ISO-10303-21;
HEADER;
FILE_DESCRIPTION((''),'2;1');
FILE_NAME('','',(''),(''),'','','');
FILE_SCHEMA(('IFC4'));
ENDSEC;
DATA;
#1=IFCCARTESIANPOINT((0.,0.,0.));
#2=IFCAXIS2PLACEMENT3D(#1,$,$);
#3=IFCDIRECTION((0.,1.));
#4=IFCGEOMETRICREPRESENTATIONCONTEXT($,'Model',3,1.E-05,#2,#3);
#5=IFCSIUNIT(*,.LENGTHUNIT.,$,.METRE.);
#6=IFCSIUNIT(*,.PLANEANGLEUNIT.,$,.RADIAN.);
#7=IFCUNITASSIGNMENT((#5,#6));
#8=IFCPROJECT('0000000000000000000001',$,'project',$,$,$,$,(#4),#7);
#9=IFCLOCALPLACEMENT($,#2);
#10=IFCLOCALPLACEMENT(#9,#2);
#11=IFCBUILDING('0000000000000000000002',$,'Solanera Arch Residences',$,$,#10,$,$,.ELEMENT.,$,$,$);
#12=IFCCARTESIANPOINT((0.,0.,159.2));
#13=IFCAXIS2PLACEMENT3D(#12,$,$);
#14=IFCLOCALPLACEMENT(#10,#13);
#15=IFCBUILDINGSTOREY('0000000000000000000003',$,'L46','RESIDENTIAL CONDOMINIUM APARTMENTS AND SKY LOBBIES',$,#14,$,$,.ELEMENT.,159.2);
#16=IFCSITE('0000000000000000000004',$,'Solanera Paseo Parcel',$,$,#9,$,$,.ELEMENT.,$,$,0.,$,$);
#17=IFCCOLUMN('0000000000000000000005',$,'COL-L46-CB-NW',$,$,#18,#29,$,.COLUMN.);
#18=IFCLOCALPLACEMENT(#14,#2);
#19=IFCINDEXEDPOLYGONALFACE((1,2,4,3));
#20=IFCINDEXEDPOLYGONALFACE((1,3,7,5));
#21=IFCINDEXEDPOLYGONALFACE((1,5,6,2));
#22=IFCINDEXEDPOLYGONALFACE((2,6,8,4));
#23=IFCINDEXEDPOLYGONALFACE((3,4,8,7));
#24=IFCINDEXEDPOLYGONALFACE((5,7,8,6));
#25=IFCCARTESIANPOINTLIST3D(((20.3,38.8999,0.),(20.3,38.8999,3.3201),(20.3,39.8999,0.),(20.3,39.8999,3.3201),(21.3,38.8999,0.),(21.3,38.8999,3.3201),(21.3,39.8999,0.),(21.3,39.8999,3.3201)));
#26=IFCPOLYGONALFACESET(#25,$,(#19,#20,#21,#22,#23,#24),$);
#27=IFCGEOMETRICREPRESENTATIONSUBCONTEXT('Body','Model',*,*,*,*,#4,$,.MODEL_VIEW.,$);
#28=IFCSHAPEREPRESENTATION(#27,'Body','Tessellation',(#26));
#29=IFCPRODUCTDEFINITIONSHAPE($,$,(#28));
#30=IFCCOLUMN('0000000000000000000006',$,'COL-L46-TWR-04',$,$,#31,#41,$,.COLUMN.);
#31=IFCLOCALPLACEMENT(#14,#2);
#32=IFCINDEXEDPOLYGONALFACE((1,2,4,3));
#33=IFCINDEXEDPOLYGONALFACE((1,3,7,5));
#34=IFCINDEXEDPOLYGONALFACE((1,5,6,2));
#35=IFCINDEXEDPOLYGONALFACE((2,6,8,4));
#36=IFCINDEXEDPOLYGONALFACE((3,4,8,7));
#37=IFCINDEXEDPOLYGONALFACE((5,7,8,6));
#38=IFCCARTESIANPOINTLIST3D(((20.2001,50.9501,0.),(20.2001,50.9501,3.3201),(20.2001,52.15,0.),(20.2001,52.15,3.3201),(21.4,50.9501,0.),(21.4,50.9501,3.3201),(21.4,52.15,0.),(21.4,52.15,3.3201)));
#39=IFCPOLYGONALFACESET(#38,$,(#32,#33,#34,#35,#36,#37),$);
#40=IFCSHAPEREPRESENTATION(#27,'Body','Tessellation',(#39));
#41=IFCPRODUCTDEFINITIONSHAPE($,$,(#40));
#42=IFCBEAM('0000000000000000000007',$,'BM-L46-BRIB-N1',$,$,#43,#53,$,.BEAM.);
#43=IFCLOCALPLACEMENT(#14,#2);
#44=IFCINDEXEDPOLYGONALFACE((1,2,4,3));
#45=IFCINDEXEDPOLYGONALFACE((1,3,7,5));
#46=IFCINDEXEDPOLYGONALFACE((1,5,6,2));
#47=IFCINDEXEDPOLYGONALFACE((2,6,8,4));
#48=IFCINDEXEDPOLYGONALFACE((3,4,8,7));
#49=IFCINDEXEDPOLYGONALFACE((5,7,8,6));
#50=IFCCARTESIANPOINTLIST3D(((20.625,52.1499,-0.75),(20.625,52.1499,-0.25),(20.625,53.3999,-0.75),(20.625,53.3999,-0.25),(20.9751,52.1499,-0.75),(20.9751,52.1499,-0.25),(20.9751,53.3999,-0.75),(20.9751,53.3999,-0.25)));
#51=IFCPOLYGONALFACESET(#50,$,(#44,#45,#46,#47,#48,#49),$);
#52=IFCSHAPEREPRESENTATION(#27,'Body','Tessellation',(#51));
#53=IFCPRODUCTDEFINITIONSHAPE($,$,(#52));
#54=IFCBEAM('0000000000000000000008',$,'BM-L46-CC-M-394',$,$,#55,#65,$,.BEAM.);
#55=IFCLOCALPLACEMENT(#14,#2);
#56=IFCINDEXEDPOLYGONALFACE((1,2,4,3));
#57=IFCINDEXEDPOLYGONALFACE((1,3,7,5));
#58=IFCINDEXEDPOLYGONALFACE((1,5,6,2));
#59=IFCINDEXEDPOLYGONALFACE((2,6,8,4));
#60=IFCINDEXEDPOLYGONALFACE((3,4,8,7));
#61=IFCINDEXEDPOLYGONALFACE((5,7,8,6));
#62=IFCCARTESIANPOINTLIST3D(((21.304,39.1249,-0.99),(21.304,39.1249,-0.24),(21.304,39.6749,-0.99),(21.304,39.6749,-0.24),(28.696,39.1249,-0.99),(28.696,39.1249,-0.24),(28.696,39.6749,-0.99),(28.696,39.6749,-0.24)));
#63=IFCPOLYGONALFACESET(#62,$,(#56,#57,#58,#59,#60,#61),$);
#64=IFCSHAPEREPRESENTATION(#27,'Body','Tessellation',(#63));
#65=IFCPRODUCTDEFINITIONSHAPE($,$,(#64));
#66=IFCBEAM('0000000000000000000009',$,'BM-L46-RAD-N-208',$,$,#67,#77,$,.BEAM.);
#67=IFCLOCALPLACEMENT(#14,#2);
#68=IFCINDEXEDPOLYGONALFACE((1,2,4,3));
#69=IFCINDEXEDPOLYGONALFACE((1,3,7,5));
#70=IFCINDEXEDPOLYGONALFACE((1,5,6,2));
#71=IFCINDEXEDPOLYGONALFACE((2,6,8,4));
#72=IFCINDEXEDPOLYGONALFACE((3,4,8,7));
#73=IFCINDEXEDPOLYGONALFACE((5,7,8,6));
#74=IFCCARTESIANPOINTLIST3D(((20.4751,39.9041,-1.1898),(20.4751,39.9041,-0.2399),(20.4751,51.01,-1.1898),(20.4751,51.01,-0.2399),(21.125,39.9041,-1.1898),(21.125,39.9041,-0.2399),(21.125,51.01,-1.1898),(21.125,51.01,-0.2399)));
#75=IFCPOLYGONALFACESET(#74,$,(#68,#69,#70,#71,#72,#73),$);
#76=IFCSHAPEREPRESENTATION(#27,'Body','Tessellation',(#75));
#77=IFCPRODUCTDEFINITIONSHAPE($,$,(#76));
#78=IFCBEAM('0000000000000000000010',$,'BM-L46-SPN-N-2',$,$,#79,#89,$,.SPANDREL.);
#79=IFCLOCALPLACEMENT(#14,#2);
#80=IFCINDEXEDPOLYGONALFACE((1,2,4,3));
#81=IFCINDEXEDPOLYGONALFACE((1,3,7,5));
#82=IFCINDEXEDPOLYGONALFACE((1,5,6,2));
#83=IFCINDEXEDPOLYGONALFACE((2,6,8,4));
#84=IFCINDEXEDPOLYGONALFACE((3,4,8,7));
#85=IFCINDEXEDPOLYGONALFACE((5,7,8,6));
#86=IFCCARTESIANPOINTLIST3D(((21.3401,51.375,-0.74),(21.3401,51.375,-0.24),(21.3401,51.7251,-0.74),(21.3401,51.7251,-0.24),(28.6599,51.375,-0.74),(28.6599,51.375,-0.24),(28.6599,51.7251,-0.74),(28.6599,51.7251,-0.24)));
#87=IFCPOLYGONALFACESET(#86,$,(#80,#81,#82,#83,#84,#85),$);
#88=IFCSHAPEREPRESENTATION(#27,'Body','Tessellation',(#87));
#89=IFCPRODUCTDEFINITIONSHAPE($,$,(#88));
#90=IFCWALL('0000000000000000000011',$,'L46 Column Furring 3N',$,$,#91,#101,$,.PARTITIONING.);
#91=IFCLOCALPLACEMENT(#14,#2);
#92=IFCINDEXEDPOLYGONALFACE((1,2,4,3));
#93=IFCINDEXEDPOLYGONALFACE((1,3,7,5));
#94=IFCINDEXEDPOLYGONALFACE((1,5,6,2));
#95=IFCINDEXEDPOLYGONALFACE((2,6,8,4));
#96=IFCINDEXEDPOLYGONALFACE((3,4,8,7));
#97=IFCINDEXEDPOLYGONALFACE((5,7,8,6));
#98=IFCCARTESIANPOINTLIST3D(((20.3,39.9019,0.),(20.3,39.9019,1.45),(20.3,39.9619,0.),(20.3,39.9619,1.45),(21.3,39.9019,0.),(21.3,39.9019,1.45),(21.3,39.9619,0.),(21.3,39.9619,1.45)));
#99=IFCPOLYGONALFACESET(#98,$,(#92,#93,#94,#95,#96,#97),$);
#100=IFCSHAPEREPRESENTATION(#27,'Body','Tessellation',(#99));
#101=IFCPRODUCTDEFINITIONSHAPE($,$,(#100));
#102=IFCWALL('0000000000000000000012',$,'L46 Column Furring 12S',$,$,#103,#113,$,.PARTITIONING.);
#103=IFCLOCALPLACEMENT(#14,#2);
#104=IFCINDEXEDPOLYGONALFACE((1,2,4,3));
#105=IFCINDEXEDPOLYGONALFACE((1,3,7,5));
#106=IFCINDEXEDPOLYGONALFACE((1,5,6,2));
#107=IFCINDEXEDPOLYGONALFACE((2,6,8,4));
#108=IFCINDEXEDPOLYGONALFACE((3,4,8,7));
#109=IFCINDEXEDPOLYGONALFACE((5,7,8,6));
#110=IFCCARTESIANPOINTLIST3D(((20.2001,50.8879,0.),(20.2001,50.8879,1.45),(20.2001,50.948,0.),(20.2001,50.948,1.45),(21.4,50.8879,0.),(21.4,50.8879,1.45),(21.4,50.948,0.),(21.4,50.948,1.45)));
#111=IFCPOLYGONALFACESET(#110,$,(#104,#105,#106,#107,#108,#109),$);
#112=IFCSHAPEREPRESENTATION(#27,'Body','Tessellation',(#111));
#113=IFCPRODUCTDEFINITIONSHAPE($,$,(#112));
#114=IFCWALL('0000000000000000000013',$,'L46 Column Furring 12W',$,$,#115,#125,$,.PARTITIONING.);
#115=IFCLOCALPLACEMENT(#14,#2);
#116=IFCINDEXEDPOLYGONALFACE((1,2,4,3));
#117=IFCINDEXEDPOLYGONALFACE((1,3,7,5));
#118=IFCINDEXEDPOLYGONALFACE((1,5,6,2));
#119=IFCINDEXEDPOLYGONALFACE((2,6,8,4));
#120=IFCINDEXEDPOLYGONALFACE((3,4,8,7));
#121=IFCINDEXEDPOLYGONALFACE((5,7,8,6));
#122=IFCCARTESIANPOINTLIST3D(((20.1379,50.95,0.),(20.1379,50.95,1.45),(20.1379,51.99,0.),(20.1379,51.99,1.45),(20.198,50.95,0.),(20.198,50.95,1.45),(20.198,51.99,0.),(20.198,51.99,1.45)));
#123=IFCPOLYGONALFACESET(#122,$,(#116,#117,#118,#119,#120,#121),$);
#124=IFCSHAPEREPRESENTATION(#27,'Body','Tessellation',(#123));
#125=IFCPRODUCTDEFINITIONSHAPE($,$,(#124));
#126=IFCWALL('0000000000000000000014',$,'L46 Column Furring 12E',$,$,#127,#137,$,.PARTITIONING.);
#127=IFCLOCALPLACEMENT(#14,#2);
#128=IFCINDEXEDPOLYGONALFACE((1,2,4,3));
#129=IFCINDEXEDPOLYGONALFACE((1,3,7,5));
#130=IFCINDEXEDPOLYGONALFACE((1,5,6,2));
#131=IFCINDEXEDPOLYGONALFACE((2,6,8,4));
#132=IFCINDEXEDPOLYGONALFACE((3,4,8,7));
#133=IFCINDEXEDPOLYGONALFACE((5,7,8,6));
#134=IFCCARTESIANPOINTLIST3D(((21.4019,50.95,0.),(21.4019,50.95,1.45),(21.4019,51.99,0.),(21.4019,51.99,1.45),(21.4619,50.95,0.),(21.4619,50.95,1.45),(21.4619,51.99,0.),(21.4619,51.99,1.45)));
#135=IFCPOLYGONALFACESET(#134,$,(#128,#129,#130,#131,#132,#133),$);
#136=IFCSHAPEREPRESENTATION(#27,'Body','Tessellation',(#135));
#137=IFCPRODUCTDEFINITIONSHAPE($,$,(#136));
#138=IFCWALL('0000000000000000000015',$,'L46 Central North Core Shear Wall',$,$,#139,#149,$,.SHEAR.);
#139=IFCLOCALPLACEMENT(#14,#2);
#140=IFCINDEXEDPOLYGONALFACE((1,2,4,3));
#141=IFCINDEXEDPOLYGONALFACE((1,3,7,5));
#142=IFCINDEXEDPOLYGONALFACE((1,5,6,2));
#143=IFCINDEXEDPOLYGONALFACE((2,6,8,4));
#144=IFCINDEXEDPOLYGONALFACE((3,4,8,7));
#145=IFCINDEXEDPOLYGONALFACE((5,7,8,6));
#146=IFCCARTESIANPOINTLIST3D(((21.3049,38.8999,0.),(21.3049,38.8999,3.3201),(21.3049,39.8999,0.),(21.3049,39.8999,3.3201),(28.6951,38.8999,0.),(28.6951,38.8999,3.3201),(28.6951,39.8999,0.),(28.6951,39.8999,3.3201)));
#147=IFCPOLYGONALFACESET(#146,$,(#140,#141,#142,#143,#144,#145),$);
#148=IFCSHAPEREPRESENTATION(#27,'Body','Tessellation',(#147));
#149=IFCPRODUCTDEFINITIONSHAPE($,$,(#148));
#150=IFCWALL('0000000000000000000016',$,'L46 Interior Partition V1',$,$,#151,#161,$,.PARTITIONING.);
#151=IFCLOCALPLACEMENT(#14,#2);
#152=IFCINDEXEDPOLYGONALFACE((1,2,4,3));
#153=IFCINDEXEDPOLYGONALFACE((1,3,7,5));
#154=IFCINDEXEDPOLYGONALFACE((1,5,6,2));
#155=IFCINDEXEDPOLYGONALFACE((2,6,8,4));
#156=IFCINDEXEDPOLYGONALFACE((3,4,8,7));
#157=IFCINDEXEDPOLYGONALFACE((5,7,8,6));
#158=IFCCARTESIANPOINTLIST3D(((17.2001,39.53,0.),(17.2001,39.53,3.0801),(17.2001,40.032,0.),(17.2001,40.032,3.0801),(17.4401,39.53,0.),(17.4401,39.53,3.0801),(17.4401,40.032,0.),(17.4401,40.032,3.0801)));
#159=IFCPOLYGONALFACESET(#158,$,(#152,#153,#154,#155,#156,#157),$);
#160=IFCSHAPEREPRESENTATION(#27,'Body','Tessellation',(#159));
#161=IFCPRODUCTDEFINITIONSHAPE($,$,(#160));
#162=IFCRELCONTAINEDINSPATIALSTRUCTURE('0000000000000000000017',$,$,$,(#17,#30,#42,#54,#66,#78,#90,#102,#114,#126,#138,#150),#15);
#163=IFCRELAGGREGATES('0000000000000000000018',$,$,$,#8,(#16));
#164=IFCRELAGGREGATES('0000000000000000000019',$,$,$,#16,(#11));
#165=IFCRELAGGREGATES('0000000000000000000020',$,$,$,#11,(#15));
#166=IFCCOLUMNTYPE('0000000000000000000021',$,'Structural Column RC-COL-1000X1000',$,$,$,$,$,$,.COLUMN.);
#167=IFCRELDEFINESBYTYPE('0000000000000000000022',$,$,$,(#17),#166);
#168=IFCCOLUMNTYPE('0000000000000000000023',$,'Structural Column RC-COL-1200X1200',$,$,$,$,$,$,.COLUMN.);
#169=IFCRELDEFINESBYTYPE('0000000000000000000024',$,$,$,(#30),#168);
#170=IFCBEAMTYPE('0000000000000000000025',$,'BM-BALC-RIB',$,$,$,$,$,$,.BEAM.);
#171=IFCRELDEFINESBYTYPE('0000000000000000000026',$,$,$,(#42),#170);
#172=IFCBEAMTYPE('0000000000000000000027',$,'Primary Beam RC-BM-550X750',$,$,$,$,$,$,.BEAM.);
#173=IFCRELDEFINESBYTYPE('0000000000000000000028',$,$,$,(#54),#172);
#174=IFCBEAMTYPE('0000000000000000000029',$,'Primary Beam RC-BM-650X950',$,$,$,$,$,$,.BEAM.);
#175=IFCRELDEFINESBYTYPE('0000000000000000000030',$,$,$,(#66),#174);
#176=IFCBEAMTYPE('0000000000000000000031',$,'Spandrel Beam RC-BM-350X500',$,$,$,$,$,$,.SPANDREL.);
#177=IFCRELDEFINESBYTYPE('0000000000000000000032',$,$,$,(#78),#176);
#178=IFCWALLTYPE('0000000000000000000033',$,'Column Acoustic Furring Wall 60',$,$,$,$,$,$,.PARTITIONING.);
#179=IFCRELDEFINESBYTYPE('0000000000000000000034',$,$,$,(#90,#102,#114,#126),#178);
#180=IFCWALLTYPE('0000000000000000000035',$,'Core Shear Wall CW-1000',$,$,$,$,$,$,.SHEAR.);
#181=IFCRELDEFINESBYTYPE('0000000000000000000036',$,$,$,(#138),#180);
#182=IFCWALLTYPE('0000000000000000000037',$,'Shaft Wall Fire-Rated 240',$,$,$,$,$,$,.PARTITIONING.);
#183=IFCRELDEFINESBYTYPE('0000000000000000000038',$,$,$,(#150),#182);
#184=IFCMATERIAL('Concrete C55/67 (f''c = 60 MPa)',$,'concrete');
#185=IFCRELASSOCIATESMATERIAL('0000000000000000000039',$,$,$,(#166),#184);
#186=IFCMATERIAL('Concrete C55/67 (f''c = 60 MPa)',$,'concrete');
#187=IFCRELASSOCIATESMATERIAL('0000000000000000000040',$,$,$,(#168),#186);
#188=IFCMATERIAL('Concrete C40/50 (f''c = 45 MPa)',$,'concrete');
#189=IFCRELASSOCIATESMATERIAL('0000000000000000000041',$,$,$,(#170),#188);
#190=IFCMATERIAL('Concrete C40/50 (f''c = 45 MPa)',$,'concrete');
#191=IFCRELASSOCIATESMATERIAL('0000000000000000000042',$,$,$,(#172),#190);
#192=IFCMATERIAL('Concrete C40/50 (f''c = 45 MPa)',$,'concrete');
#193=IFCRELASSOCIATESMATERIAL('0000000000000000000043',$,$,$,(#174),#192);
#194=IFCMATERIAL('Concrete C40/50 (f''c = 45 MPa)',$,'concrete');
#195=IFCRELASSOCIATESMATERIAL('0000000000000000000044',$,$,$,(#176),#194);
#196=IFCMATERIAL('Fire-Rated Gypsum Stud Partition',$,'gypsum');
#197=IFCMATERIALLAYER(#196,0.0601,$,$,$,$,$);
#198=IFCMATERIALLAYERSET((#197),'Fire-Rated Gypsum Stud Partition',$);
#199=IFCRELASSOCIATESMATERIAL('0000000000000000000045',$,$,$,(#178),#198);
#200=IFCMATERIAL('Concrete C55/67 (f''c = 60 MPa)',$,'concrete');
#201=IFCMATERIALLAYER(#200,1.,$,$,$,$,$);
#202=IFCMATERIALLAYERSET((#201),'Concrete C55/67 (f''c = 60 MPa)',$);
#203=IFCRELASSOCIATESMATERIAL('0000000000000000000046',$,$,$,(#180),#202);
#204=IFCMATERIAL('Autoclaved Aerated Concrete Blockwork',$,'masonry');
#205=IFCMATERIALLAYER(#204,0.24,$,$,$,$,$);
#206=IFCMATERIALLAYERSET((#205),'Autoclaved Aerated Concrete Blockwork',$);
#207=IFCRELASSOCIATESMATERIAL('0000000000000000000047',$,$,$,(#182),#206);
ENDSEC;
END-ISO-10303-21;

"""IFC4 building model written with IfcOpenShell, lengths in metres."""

from ifc_helpers import new_model, si_unit, direction, frame, frame_2d, origin, origin_2d, place, context, subcontext, project, spatial, rectangle, extrude, material, layer, layer_set, material_profile, profile_set, type_object, element, save


model = new_model("IFC4")

# Units and contexts
model_context = context("Model", 3, precision=1e-05, world=origin(), true_north=direction((0.0, 1.0)))
body_context = subcontext(model_context, "Body", "Model", "MODEL_VIEW")
ifc_project = project(units=[si_unit("LENGTHUNIT", "METRE"), si_unit("PLANEANGLEUNIT", "RADIAN")], contexts=[model_context])

# Site, building, storey
site_placement = place(None, origin())
site = spatial("IfcSite", under=ifc_project, at=site_placement, Name="Solanera Paseo Parcel", CompositionType="ELEMENT", RefElevation=0.0)
building_placement = place(site_placement, origin())
building = spatial("IfcBuilding", under=site, at=building_placement, Name="Solanera Arch Residences", CompositionType="ELEMENT")
storey_placement = place(building_placement, frame((0.0, 0.0, 159.2)))
storey = spatial("IfcBuildingStorey", under=building, at=storey_placement, Name="L46", Description="RESIDENTIAL CONDOMINIUM APARTMENTS AND SKY LOBBIES", CompositionType="ELEMENT", Elevation=159.2)

# Columns
ifc_material_1 = material(Name="Concrete C55/67 (f'c = 60 MPa)", Category="concrete")
ifc_material_profile_1 = material_profile(ifc_material_1, rectangle(XDim=1.0, YDim=1.0, at=origin_2d()))
ifc_profile_set_1 = profile_set([ifc_material_profile_1], Name="Concrete C55/67 (f'c = 60 MPa)")
column_type_1 = type_object("IfcColumnType", Name="Structural Column RC-COL-1000X1000", PredefinedType="COLUMN", material=ifc_profile_set_1)
column_1_placement = place(storey_placement, frame((20.8, 39.3999, 0.0), z_axis=(0.0, 0.0, 1.0), x_axis=(1.0, 0.0, 0.0)))
element("IfcColumn", 1, at=column_1_placement, inside=storey, type_object=column_type_1, Name="COL-L46-CB-NW", PredefinedType="COLUMN", context=body_context, shape_type="SweptSolid", body=[
    extrude(rectangle(XDim=1.0, YDim=1.0, at=origin_2d()), origin(), (0.0, 0.0, 1.0), 3.3201),
])
ifc_material_2 = material(Name="Concrete C55/67 (f'c = 60 MPa)", Category="concrete")
ifc_material_profile_2 = material_profile(ifc_material_2, rectangle(XDim=1.2, YDim=1.2, at=origin_2d()))
ifc_profile_set_2 = profile_set([ifc_material_profile_2], Name="Concrete C55/67 (f'c = 60 MPa)")
column_type_2 = type_object("IfcColumnType", Name="Structural Column RC-COL-1200X1200", PredefinedType="COLUMN", material=ifc_profile_set_2)
column_2_placement = place(storey_placement, frame((20.8, 51.55, 0.0), z_axis=(0.0, 0.0, 1.0), x_axis=(1.0, 0.0, 0.0)))
element("IfcColumn", 2, at=column_2_placement, inside=storey, type_object=column_type_2, Name="COL-L46-TWR-04", PredefinedType="COLUMN", context=body_context, shape_type="SweptSolid", body=[
    extrude(rectangle(XDim=1.2, YDim=1.2, at=origin_2d()), origin(), (0.0, 0.0, 1.0), 3.3201),
])

# Beams
ifc_material_3 = material(Name="Concrete C40/50 (f'c = 45 MPa)", Category="concrete")
ifc_material_profile_3 = material_profile(ifc_material_3, rectangle(XDim=0.3501, YDim=0.5, at=origin_2d()))
ifc_profile_set_3 = profile_set([ifc_material_profile_3], Name="Concrete C40/50 (f'c = 45 MPa)")
beam_type_1 = type_object("IfcBeamType", Name="BM-BALC-RIB", PredefinedType="BEAM", material=ifc_profile_set_3)
beam_1_placement = place(storey_placement, frame((20.8, 52.1499, -0.5), z_axis=(0.0, 1.0, 0.0), x_axis=(-1.0, 0.0, 0.0)))
element("IfcBeam", 3, at=beam_1_placement, inside=storey, type_object=beam_type_1, Name="BM-L46-BRIB-N1", PredefinedType="BEAM", context=body_context, shape_type="SweptSolid", body=[
    extrude(rectangle(XDim=0.3501, YDim=0.5, at=origin_2d()), origin(), (0.0, 0.0, 1.0), 1.25),
])
ifc_material_4 = material(Name="Concrete C40/50 (f'c = 45 MPa)", Category="concrete")
ifc_material_profile_4 = material_profile(ifc_material_4, rectangle(XDim=0.55, YDim=0.75, at=origin_2d()))
ifc_profile_set_4 = profile_set([ifc_material_profile_4], Name="Concrete C40/50 (f'c = 45 MPa)")
beam_type_2 = type_object("IfcBeamType", Name="Primary Beam RC-BM-550X750", PredefinedType="BEAM", material=ifc_profile_set_4)
beam_2_placement = place(storey_placement, frame((21.304, 39.3999, -0.615), z_axis=(1.0, 0.0, 0.0), x_axis=(0.0, 1.0, 0.0)))
element("IfcBeam", 4, at=beam_2_placement, inside=storey, type_object=beam_type_2, Name="BM-L46-CC-M-394", PredefinedType="BEAM", context=body_context, shape_type="SweptSolid", body=[
    extrude(rectangle(XDim=0.55, YDim=0.75, at=origin_2d()), origin(), (0.0, 0.0, 1.0), 7.3921),
])
ifc_material_5 = material(Name="Concrete C40/50 (f'c = 45 MPa)", Category="concrete")
ifc_material_profile_5 = material_profile(ifc_material_5, rectangle(XDim=0.6499, YDim=0.95, at=origin_2d()))
ifc_profile_set_5 = profile_set([ifc_material_profile_5], Name="Concrete C40/50 (f'c = 45 MPa)")
beam_type_3 = type_object("IfcBeamType", Name="Primary Beam RC-BM-650X950", PredefinedType="BEAM", material=ifc_profile_set_5)
beam_3_placement = place(storey_placement, frame((20.8, 39.9041, -0.7148), z_axis=(0.0, 1.0, 0.0), x_axis=(-1.0, 0.0, 0.0)))
element("IfcBeam", 5, at=beam_3_placement, inside=storey, type_object=beam_type_3, Name="BM-L46-RAD-N-208", PredefinedType="BEAM", context=body_context, shape_type="SweptSolid", body=[
    extrude(rectangle(XDim=0.6499, YDim=0.95, at=origin_2d()), origin(), (0.0, 0.0, 1.0), 11.106),
])
ifc_material_6 = material(Name="Concrete C40/50 (f'c = 45 MPa)", Category="concrete")
ifc_material_profile_6 = material_profile(ifc_material_6, rectangle(XDim=0.3501, YDim=0.5, at=origin_2d()))
ifc_profile_set_6 = profile_set([ifc_material_profile_6], Name="Concrete C40/50 (f'c = 45 MPa)")
beam_type_4 = type_object("IfcBeamType", Name="Spandrel Beam RC-BM-350X500", PredefinedType="SPANDREL", material=ifc_profile_set_6)
beam_4_placement = place(storey_placement, frame((21.3401, 51.55, -0.49), z_axis=(1.0, 0.0, 0.0), x_axis=(0.0, 1.0, 0.0)))
element("IfcBeam", 6, at=beam_4_placement, inside=storey, type_object=beam_type_4, Name="BM-L46-SPN-N-2", PredefinedType="SPANDREL", context=body_context, shape_type="SweptSolid", body=[
    extrude(rectangle(XDim=0.3501, YDim=0.5, at=origin_2d()), origin(), (0.0, 0.0, 1.0), 7.3198),
])

# Walls
ifc_material_7 = material(Name="Fire-Rated Gypsum Stud Partition", Category="gypsum")
ifc_layer_1 = layer(ifc_material_7, 0.0601)
ifc_layer_set_1 = layer_set([ifc_layer_1], Name="Fire-Rated Gypsum Stud Partition")
wall_type_1 = type_object("IfcWallType", Name="Column Acoustic Furring Wall 60", PredefinedType="PARTITIONING", material=ifc_layer_set_1)
wall_1_placement = place(storey_placement, frame((20.3, 39.9319, 0.0), z_axis=(0.0, 0.0, 1.0), x_axis=(1.0, 0.0, 0.0)))
element("IfcWall", 7, at=wall_1_placement, inside=storey, type_object=wall_type_1, Name="L46 Column Furring 3N", PredefinedType="PARTITIONING", context=body_context, shape_type="SweptSolid", body=[
    extrude(rectangle(XDim=1.0, YDim=0.0601, at=frame_2d((0.5, 0.0))), origin(), (0.0, 0.0, 1.0), 1.45),
])
wall_2_placement = place(storey_placement, frame((20.2, 50.918, 0.0), z_axis=(0.0, 0.0, 1.0), x_axis=(1.0, 0.0, 0.0)))
element("IfcWall", 8, at=wall_2_placement, inside=storey, type_object=wall_type_1, Name="L46 Column Furring 12S", PredefinedType="PARTITIONING", context=body_context, shape_type="SweptSolid", body=[
    extrude(rectangle(XDim=1.2, YDim=0.0601, at=frame_2d((0.6001, 0.0))), origin(), (0.0, 0.0, 1.0), 1.45),
])
for number, where, z_axis, x_axis, name in (
    (9, (20.168, 50.95, 0.0), (0.0, 0.0, 1.0), (0.0, 1.0, 0.0), "L46 Column Furring 12W"),
    (10, (21.4319, 50.95, 0.0), (0.0, 0.0, 1.0), (0.0, 1.0, 0.0), "L46 Column Furring 12E"),
):
    element("IfcWall", number, at=place(storey_placement, frame(where, z_axis=z_axis, x_axis=x_axis)), inside=storey, type_object=wall_type_1, Name=name, PredefinedType="PARTITIONING", context=body_context, shape_type="SweptSolid", body=[
        extrude(rectangle(XDim=1.04, YDim=0.0601, at=frame_2d((0.52, 0.0))), origin(), (0.0, 0.0, 1.0), 1.45),
    ])
ifc_material_8 = material(Name="Concrete C55/67 (f'c = 60 MPa)", Category="concrete")
ifc_layer_2 = layer(ifc_material_8, 1.0)
ifc_layer_set_2 = layer_set([ifc_layer_2], Name="Concrete C55/67 (f'c = 60 MPa)")
wall_type_2 = type_object("IfcWallType", Name="Core Shear Wall CW-1000", PredefinedType="SHEAR", material=ifc_layer_set_2)
wall_3_placement = place(storey_placement, frame((21.3049, 39.3999, 0.0), z_axis=(0.0, 0.0, 1.0), x_axis=(1.0, 0.0, 0.0)))
element("IfcWall", 11, at=wall_3_placement, inside=storey, type_object=wall_type_2, Name="L46 Central North Core Shear Wall", PredefinedType="SHEAR", context=body_context, shape_type="SweptSolid", body=[
    extrude(rectangle(XDim=7.3901, YDim=1.0, at=frame_2d((3.6951, 0.0))), origin(), (0.0, 0.0, 1.0), 3.3201),
])
ifc_material_9 = material(Name="Autoclaved Aerated Concrete Blockwork", Category="masonry")
ifc_layer_3 = layer(ifc_material_9, 0.24)
ifc_layer_set_3 = layer_set([ifc_layer_3], Name="Autoclaved Aerated Concrete Blockwork")
wall_type_3 = type_object("IfcWallType", Name="Shaft Wall Fire-Rated 240", PredefinedType="PARTITIONING", material=ifc_layer_set_3)
wall_4_placement = place(storey_placement, frame((17.3201, 39.53, 0.0), z_axis=(0.0, 0.0, 1.0), x_axis=(0.0, 1.0, 0.0)))
element("IfcWall", 12, at=wall_4_placement, inside=storey, type_object=wall_type_3, Name="L46 Interior Partition V1", PredefinedType="PARTITIONING", context=body_context, shape_type="SweptSolid", body=[
    extrude(rectangle(XDim=0.502, YDim=0.24, at=frame_2d((0.251, 0.0))), origin(), (0.0, 0.0, 1.0), 3.0801),
])

save(model, "model.ifc")
